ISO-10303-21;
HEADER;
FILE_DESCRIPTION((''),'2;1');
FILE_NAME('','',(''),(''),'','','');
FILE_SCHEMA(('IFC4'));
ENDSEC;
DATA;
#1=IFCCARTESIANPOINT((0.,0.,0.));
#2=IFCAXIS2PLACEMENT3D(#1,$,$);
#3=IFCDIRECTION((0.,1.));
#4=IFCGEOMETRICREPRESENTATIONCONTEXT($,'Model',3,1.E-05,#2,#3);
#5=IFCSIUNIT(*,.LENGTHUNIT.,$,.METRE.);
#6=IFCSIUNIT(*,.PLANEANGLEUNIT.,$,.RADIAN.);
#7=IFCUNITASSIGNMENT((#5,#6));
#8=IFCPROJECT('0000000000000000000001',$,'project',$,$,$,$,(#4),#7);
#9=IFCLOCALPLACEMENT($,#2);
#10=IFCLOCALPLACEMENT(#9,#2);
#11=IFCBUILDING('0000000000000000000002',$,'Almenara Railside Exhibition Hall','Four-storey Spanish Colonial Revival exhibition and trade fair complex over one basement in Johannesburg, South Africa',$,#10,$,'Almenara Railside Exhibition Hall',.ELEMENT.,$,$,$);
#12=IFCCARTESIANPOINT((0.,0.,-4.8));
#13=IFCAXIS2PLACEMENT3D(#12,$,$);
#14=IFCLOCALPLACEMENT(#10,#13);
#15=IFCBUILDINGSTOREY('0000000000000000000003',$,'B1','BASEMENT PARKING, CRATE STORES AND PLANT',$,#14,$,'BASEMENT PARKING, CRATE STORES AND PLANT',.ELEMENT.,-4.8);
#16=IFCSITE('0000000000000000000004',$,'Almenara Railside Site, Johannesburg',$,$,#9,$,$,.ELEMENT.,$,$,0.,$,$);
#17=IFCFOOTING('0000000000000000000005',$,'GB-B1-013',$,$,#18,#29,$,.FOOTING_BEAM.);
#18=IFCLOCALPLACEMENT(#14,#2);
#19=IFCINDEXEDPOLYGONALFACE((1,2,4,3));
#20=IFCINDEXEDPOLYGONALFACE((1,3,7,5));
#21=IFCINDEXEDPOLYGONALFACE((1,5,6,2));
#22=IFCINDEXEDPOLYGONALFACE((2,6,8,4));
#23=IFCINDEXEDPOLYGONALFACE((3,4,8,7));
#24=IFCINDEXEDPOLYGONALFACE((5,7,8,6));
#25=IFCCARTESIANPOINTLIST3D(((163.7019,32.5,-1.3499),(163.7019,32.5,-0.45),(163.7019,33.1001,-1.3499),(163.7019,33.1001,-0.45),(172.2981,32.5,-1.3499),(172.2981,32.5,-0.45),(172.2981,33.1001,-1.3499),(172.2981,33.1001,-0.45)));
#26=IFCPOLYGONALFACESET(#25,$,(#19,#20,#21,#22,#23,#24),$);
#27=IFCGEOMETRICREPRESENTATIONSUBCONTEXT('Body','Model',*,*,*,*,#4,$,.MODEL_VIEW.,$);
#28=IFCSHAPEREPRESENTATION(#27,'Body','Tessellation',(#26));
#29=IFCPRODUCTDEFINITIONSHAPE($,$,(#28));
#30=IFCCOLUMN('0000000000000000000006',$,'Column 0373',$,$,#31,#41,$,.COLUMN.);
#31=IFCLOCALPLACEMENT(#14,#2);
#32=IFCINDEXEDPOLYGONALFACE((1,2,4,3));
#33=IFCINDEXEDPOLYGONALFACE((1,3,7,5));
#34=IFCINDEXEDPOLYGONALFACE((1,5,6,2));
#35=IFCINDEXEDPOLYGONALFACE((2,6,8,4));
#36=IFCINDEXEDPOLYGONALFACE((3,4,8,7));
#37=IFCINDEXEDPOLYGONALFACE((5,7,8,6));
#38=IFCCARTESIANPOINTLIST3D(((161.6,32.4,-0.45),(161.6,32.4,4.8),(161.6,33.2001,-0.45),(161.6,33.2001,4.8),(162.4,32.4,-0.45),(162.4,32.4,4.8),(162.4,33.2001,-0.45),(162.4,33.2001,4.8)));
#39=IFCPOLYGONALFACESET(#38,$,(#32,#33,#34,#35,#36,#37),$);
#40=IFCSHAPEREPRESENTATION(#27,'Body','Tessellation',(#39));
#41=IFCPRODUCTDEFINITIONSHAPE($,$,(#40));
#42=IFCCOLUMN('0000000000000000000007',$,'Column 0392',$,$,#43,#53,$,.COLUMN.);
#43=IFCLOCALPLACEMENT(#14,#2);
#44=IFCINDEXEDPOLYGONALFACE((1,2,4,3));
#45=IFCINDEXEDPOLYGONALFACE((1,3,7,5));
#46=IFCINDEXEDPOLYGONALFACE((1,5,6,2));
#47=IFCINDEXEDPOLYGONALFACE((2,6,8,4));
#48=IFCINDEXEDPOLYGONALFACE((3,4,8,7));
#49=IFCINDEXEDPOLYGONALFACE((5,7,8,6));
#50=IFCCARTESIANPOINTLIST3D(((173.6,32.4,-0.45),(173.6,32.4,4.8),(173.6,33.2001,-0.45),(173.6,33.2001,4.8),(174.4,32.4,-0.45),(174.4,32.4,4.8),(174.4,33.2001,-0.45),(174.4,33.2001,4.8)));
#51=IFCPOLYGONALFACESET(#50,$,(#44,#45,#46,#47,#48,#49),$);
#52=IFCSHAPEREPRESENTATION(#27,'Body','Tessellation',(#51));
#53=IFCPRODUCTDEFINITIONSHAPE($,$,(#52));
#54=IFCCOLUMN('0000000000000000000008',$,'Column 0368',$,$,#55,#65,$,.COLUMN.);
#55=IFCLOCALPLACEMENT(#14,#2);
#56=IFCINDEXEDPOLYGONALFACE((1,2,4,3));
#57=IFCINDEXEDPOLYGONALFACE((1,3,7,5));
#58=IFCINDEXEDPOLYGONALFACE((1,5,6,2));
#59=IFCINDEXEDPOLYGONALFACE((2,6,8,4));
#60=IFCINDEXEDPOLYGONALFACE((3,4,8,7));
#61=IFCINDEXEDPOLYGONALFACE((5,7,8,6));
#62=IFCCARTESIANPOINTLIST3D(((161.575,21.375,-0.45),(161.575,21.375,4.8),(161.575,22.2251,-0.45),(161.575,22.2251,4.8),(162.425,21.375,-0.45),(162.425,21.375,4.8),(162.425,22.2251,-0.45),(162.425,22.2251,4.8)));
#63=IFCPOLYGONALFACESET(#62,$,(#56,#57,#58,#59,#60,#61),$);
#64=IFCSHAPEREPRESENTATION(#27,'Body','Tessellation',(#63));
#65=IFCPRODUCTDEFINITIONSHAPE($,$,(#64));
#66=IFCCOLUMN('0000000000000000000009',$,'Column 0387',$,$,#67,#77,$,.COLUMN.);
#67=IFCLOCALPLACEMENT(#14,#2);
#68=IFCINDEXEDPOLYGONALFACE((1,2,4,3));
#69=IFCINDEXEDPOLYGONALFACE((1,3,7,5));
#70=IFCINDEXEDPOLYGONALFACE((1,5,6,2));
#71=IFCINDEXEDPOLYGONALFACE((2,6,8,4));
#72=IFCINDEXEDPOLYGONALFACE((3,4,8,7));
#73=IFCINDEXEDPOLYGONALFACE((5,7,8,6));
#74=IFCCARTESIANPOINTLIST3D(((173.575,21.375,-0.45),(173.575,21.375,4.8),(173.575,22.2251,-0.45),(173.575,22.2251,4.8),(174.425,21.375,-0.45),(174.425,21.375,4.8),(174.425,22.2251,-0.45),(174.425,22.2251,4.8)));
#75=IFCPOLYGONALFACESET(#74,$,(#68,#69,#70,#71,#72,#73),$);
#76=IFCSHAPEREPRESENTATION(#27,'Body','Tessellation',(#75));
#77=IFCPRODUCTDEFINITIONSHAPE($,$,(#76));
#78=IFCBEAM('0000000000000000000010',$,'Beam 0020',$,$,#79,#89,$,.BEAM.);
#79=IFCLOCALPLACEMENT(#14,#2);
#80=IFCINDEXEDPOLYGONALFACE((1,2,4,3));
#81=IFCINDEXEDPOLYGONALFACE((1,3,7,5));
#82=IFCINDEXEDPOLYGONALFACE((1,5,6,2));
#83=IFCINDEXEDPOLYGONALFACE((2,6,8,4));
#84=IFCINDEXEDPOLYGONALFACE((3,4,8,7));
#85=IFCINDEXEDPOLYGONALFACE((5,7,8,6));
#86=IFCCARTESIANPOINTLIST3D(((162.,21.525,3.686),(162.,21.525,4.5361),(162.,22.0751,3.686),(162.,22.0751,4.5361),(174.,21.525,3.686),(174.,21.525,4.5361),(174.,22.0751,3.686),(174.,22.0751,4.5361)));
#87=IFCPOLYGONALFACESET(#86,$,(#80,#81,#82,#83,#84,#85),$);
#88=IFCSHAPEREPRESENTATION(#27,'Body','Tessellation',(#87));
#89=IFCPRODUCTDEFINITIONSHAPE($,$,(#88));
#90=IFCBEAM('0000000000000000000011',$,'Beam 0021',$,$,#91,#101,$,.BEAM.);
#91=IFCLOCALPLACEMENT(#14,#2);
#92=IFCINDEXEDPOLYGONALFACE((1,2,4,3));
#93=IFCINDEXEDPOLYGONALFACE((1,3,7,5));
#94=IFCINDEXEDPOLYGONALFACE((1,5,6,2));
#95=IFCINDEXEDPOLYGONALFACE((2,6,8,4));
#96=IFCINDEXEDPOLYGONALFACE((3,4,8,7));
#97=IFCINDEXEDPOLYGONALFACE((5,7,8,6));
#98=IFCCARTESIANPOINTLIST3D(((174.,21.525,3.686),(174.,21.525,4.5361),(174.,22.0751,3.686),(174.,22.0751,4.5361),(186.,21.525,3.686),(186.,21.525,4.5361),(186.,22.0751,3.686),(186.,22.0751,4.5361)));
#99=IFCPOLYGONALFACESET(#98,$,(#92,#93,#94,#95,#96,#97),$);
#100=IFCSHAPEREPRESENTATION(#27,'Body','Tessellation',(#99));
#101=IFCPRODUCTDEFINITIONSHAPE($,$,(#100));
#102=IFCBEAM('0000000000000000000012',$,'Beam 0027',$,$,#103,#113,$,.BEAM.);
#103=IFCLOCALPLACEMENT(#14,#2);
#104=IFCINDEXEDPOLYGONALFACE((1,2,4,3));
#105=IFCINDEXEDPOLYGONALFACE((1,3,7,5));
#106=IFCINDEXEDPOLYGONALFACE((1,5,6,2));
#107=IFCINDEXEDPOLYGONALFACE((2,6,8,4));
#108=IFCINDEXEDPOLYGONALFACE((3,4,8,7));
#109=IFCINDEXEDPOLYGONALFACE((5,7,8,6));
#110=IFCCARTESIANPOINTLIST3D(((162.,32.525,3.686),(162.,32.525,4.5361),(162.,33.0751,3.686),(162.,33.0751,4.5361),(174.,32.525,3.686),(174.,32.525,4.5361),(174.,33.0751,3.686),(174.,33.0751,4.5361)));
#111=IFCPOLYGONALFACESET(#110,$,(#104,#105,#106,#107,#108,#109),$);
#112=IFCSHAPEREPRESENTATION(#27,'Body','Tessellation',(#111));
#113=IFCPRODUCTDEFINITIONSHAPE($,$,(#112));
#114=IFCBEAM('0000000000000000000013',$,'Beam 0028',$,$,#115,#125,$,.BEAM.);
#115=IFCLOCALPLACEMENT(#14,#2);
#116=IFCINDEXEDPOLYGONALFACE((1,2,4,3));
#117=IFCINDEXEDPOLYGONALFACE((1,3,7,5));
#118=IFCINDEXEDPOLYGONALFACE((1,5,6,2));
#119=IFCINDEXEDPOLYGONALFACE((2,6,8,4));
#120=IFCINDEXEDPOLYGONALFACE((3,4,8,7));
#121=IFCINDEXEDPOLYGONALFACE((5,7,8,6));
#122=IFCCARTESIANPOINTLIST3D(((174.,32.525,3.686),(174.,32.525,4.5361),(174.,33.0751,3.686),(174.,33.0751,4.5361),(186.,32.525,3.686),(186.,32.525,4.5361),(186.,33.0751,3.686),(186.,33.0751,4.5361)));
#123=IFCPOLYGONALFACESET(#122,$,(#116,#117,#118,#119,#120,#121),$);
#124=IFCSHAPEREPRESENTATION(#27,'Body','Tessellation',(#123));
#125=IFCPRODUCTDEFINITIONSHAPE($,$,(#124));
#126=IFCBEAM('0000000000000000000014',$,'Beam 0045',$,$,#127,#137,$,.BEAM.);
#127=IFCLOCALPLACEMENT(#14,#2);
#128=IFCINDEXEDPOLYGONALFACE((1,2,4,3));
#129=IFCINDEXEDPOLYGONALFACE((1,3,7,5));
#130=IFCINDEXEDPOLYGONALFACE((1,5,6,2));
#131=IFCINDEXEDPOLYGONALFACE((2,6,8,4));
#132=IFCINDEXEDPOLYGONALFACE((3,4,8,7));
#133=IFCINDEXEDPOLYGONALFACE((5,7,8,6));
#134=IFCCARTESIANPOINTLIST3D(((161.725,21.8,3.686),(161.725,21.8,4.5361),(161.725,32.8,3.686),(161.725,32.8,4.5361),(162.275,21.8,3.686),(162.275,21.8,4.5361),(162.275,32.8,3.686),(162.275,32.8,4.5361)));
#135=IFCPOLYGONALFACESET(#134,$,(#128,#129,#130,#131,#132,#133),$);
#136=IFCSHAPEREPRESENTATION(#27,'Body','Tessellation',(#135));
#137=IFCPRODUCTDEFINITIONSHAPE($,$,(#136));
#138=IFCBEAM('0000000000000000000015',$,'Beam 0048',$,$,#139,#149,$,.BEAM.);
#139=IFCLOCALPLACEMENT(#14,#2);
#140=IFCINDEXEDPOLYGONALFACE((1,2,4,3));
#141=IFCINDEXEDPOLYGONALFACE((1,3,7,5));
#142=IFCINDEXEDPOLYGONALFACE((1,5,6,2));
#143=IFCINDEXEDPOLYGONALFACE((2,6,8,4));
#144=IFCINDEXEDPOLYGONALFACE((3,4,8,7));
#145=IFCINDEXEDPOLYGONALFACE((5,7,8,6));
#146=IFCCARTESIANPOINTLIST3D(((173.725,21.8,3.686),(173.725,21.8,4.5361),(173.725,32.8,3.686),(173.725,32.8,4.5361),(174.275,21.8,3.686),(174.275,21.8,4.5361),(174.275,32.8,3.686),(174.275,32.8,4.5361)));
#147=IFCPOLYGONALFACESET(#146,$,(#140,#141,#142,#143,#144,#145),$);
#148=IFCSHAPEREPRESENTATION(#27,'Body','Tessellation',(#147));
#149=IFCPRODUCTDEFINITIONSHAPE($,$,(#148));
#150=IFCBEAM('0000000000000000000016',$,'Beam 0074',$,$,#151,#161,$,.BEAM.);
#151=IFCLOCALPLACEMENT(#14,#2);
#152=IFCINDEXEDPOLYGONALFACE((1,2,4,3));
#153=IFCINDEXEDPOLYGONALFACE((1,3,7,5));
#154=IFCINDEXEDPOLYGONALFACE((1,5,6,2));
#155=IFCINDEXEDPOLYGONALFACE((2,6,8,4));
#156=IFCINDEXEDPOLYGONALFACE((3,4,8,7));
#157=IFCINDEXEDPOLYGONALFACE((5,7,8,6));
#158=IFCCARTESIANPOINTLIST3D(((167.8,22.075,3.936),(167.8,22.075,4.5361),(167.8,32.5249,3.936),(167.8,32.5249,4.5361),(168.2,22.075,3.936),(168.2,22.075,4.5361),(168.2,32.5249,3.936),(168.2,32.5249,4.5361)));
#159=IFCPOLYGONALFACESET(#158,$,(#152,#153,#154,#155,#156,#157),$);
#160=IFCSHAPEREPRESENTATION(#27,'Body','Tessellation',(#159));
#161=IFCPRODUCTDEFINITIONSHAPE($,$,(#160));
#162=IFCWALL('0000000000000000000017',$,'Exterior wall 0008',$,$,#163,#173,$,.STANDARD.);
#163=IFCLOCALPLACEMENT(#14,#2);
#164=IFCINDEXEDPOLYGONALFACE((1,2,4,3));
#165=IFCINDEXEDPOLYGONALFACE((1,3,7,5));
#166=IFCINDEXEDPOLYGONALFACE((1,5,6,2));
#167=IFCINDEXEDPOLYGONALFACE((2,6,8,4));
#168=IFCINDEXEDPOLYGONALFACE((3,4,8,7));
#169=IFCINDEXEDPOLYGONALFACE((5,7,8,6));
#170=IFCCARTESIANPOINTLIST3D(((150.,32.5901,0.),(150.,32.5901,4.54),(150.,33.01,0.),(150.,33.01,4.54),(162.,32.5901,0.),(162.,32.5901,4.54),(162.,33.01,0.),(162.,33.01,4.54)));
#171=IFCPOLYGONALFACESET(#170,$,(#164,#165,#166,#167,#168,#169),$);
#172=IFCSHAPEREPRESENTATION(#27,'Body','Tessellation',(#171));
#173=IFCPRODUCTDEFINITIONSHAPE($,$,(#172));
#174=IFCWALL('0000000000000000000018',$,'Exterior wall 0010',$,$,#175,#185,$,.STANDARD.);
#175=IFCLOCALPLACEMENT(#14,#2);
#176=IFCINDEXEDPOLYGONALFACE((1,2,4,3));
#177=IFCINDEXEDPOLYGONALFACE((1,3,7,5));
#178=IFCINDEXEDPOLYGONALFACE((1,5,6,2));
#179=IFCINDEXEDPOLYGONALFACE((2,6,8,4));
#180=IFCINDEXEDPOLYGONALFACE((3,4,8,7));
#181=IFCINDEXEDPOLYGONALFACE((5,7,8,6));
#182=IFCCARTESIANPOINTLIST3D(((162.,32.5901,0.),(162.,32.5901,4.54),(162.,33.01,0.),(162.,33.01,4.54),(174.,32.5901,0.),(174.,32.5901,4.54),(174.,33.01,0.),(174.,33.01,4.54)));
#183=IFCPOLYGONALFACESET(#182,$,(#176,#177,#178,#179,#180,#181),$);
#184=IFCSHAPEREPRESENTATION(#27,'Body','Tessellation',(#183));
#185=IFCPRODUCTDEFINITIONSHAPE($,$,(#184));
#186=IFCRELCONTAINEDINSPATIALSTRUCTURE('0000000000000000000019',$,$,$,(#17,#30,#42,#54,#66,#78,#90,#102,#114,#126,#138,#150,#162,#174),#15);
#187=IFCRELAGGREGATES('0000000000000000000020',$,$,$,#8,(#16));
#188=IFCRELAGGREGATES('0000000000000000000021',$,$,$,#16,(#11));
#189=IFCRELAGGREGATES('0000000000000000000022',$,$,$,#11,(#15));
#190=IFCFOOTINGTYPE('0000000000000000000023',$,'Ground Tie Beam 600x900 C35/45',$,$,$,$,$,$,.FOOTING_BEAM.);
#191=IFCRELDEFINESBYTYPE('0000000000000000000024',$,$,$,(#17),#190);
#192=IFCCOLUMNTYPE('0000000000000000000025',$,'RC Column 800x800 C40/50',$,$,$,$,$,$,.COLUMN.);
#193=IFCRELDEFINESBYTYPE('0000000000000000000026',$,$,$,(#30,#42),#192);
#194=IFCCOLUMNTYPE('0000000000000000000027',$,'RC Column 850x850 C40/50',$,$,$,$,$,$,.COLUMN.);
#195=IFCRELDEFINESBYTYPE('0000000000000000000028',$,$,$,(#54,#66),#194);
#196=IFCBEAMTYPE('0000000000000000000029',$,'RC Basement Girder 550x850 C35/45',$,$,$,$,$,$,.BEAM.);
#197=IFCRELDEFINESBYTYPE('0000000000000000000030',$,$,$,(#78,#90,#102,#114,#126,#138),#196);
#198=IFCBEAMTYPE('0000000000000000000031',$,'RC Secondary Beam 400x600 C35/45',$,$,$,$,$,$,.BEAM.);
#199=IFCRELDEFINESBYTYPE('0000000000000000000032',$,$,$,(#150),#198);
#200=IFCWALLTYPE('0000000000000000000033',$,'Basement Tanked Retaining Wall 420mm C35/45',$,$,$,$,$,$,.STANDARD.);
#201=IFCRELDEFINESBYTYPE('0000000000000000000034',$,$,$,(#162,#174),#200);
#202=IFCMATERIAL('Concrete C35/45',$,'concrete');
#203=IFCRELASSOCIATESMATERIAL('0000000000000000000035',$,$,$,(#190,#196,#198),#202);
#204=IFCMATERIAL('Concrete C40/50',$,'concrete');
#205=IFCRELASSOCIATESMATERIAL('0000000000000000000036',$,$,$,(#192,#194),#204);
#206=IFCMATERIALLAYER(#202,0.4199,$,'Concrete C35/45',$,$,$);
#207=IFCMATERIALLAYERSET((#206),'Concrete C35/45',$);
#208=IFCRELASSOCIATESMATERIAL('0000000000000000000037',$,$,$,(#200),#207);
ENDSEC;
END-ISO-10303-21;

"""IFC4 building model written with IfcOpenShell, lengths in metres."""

from ifc_helpers import new_model, si_unit, direction, frame, frame_2d, origin, origin_2d, place, context, subcontext, project, spatial, rectangle, extrude, material, layer, layer_set, material_profile, profile_set, type_object, element, save


model = new_model("IFC4")

# Units and contexts
model_context = context("Model", 3, precision=1e-05, world=origin(), true_north=direction((0.0, 1.0)))
body_context = subcontext(model_context, "Body", "Model", "MODEL_VIEW")
ifc_project = project(units=[si_unit("LENGTHUNIT", "METRE"), si_unit("PLANEANGLEUNIT", "RADIAN")], contexts=[model_context])

# Site, building, storey
site_placement = place(None, origin())
site = spatial("IfcSite", under=ifc_project, at=site_placement, Name="Almenara Railside Site, Johannesburg", CompositionType="ELEMENT", RefElevation=0.0)
building_placement = place(site_placement, origin())
building = spatial("IfcBuilding", under=site, at=building_placement, Name="Almenara Railside Exhibition Hall", Description="Four-storey Spanish Colonial Revival exhibition and trade fair complex over one basement in Johannesburg, South Africa", LongName="Almenara Railside Exhibition Hall", CompositionType="ELEMENT")
storey_placement = place(building_placement, frame((0.0, 0.0, -4.8)))
storey = spatial("IfcBuildingStorey", under=building, at=storey_placement, Name="B1", Description="BASEMENT PARKING, CRATE STORES AND PLANT", LongName="BASEMENT PARKING, CRATE STORES AND PLANT", CompositionType="ELEMENT", Elevation=-4.8)

# Shared definitions
ifc_material_1 = material(Name="Concrete C40/50", Category="concrete")

# Footing
ifc_material_2 = material(Name="Concrete C35/45", Category="concrete")
ifc_material_profile_1 = material_profile(ifc_material_2, rectangle(XDim=0.6001, YDim=0.8999, at=origin_2d()), Name="RC-GB 600x900")
ifc_profile_set_1 = profile_set([ifc_material_profile_1], Name="Concrete C35/45")
footing_type = type_object("IfcFootingType", Name="Ground Tie Beam 600x900 C35/45", PredefinedType="FOOTING_BEAM", material=ifc_profile_set_1)
footing_placement = place(storey_placement, frame((163.7019, 32.8, -0.8999), z_axis=(1.0, 0.0, 0.0), x_axis=(0.0, 1.0, 0.0)))
element("IfcFooting", 1, at=footing_placement, inside=storey, type_object=footing_type, Name="GB-B1-013", PredefinedType="FOOTING_BEAM", context=body_context, shape_type="SweptSolid", body=[
    extrude(rectangle(XDim=0.6001, YDim=0.8999, at=origin_2d()), origin(), (0.0, 0.0, 1.0), 8.5962),
])

# Columns
ifc_material_profile_2 = material_profile(ifc_material_1, rectangle(XDim=0.8, YDim=0.8, at=origin_2d()), Name="RC 800x800")
ifc_profile_set_2 = profile_set([ifc_material_profile_2], Name="Concrete C40/50")
column_type_1 = type_object("IfcColumnType", Name="RC Column 800x800 C40/50", PredefinedType="COLUMN", material=ifc_profile_set_2)
for number, where, z_axis, x_axis, name in (
    (2, (162.0, 32.8, -0.45), (0.0, 0.0, 1.0), (1.0, 0.0, 0.0), "Column 0373"),
    (3, (174.0, 32.8, -0.45), (0.0, 0.0, 1.0), (1.0, 0.0, 0.0), "Column 0392"),
):
    element("IfcColumn", number, at=place(storey_placement, frame(where, z_axis=z_axis, x_axis=x_axis)), inside=storey, type_object=column_type_1, Name=name, PredefinedType="COLUMN", context=body_context, shape_type="SweptSolid", body=[
        extrude(rectangle(XDim=0.8, YDim=0.8, at=origin_2d()), origin(), (0.0, 0.0, 1.0), 5.25),
    ])
ifc_material_profile_3 = material_profile(ifc_material_1, rectangle(XDim=0.8501, YDim=0.8501, at=origin_2d()), Name="RC 850x850")
ifc_profile_set_3 = profile_set([ifc_material_profile_3], Name="Concrete C40/50")
column_type_2 = type_object("IfcColumnType", Name="RC Column 850x850 C40/50", PredefinedType="COLUMN", material=ifc_profile_set_3)
for number, where, z_axis, x_axis, name in (
    (4, (162.0, 21.8, -0.45), (0.0, 0.0, 1.0), (1.0, 0.0, 0.0), "Column 0368"),
    (5, (174.0, 21.8, -0.45), (0.0, 0.0, 1.0), (1.0, 0.0, 0.0), "Column 0387"),
):
    element("IfcColumn", number, at=place(storey_placement, frame(where, z_axis=z_axis, x_axis=x_axis)), inside=storey, type_object=column_type_2, Name=name, PredefinedType="COLUMN", context=body_context, shape_type="SweptSolid", body=[
        extrude(rectangle(XDim=0.8501, YDim=0.8501, at=origin_2d()), origin(), (0.0, 0.0, 1.0), 5.25),
    ])

# Beams
ifc_material_profile_4 = material_profile(ifc_material_2, rectangle(XDim=0.55, YDim=0.8501, at=origin_2d()), Name="RC 550x850")
ifc_profile_set_4 = profile_set([ifc_material_profile_4], Name="Concrete C35/45")
beam_type_1 = type_object("IfcBeamType", Name="RC Basement Girder 550x850 C35/45", PredefinedType="BEAM", material=ifc_profile_set_4)
for number, where, z_axis, x_axis, name in (
    (6, (162.0, 21.8, 4.1111), (1.0, 0.0, 0.0), (0.0, 1.0, 0.0), "Beam 0020"),
    (7, (174.0, 21.8, 4.1111), (1.0, 0.0, 0.0), (0.0, 1.0, 0.0), "Beam 0021"),
    (8, (162.0, 32.8, 4.1111), (1.0, 0.0, 0.0), (0.0, 1.0, 0.0), "Beam 0027"),
    (9, (174.0, 32.8, 4.1111), (1.0, 0.0, 0.0), (0.0, 1.0, 0.0), "Beam 0028"),
):
    element("IfcBeam", number, at=place(storey_placement, frame(where, z_axis=z_axis, x_axis=x_axis)), inside=storey, type_object=beam_type_1, Name=name, PredefinedType="BEAM", context=body_context, shape_type="SweptSolid", body=[
        extrude(rectangle(XDim=0.55, YDim=0.8501, at=origin_2d()), origin(), (0.0, 0.0, 1.0), 12.0),
    ])
for number, where, z_axis, x_axis, name in (
    (10, (162.0, 21.8, 4.1111), (0.0, 1.0, 0.0), (-1.0, 0.0, 0.0), "Beam 0045"),
    (11, (174.0, 21.8, 4.1111), (0.0, 1.0, 0.0), (-1.0, 0.0, 0.0), "Beam 0048"),
):
    element("IfcBeam", number, at=place(storey_placement, frame(where, z_axis=z_axis, x_axis=x_axis)), inside=storey, type_object=beam_type_1, Name=name, PredefinedType="BEAM", context=body_context, shape_type="SweptSolid", body=[
        extrude(rectangle(XDim=0.55, YDim=0.8501, at=origin_2d()), origin(), (0.0, 0.0, 1.0), 11.0),
    ])
ifc_material_profile_5 = material_profile(ifc_material_2, rectangle(XDim=0.3999, YDim=0.6001, at=origin_2d()), Name="RC 400x600")
ifc_profile_set_5 = profile_set([ifc_material_profile_5], Name="Concrete C35/45")
beam_type_2 = type_object("IfcBeamType", Name="RC Secondary Beam 400x600 C35/45", PredefinedType="BEAM", material=ifc_profile_set_5)
beam_placement = place(storey_placement, frame((168.0, 22.075, 4.2361), z_axis=(0.0, 1.0, 0.0), x_axis=(-1.0, 0.0, 0.0)))
element("IfcBeam", 12, at=beam_placement, inside=storey, type_object=beam_type_2, Name="Beam 0074", PredefinedType="BEAM", context=body_context, shape_type="SweptSolid", body=[
    extrude(rectangle(XDim=0.3999, YDim=0.6001, at=origin_2d()), origin(), (0.0, 0.0, 1.0), 10.45),
])

# Walls
ifc_layer = layer(ifc_material_2, 0.4199, Name="Concrete C35/45")
ifc_layer_set = layer_set([ifc_layer], Name="Concrete C35/45")
wall_type = type_object("IfcWallType", Name="Basement Tanked Retaining Wall 420mm C35/45", PredefinedType="STANDARD", material=ifc_layer_set)
for number, where, z_axis, x_axis, name in (
    (13, (162.0, 32.8, 0.0), (0.0, 0.0, 1.0), (-1.0, 0.0, 0.0), "Exterior wall 0008"),
    (14, (174.0, 32.8, 0.0), (0.0, 0.0, 1.0), (-1.0, 0.0, 0.0), "Exterior wall 0010"),
):
    element("IfcWall", number, at=place(storey_placement, frame(where, z_axis=z_axis, x_axis=x_axis)), inside=storey, type_object=wall_type, Name=name, PredefinedType="STANDARD", context=body_context, shape_type="SweptSolid", body=[
        extrude(rectangle(XDim=12.0, YDim=0.4199, at=frame_2d((6.0, 0.0))), origin(), (0.0, 0.0, 1.0), 4.54),
    ])

save(model, "model.ifc")
